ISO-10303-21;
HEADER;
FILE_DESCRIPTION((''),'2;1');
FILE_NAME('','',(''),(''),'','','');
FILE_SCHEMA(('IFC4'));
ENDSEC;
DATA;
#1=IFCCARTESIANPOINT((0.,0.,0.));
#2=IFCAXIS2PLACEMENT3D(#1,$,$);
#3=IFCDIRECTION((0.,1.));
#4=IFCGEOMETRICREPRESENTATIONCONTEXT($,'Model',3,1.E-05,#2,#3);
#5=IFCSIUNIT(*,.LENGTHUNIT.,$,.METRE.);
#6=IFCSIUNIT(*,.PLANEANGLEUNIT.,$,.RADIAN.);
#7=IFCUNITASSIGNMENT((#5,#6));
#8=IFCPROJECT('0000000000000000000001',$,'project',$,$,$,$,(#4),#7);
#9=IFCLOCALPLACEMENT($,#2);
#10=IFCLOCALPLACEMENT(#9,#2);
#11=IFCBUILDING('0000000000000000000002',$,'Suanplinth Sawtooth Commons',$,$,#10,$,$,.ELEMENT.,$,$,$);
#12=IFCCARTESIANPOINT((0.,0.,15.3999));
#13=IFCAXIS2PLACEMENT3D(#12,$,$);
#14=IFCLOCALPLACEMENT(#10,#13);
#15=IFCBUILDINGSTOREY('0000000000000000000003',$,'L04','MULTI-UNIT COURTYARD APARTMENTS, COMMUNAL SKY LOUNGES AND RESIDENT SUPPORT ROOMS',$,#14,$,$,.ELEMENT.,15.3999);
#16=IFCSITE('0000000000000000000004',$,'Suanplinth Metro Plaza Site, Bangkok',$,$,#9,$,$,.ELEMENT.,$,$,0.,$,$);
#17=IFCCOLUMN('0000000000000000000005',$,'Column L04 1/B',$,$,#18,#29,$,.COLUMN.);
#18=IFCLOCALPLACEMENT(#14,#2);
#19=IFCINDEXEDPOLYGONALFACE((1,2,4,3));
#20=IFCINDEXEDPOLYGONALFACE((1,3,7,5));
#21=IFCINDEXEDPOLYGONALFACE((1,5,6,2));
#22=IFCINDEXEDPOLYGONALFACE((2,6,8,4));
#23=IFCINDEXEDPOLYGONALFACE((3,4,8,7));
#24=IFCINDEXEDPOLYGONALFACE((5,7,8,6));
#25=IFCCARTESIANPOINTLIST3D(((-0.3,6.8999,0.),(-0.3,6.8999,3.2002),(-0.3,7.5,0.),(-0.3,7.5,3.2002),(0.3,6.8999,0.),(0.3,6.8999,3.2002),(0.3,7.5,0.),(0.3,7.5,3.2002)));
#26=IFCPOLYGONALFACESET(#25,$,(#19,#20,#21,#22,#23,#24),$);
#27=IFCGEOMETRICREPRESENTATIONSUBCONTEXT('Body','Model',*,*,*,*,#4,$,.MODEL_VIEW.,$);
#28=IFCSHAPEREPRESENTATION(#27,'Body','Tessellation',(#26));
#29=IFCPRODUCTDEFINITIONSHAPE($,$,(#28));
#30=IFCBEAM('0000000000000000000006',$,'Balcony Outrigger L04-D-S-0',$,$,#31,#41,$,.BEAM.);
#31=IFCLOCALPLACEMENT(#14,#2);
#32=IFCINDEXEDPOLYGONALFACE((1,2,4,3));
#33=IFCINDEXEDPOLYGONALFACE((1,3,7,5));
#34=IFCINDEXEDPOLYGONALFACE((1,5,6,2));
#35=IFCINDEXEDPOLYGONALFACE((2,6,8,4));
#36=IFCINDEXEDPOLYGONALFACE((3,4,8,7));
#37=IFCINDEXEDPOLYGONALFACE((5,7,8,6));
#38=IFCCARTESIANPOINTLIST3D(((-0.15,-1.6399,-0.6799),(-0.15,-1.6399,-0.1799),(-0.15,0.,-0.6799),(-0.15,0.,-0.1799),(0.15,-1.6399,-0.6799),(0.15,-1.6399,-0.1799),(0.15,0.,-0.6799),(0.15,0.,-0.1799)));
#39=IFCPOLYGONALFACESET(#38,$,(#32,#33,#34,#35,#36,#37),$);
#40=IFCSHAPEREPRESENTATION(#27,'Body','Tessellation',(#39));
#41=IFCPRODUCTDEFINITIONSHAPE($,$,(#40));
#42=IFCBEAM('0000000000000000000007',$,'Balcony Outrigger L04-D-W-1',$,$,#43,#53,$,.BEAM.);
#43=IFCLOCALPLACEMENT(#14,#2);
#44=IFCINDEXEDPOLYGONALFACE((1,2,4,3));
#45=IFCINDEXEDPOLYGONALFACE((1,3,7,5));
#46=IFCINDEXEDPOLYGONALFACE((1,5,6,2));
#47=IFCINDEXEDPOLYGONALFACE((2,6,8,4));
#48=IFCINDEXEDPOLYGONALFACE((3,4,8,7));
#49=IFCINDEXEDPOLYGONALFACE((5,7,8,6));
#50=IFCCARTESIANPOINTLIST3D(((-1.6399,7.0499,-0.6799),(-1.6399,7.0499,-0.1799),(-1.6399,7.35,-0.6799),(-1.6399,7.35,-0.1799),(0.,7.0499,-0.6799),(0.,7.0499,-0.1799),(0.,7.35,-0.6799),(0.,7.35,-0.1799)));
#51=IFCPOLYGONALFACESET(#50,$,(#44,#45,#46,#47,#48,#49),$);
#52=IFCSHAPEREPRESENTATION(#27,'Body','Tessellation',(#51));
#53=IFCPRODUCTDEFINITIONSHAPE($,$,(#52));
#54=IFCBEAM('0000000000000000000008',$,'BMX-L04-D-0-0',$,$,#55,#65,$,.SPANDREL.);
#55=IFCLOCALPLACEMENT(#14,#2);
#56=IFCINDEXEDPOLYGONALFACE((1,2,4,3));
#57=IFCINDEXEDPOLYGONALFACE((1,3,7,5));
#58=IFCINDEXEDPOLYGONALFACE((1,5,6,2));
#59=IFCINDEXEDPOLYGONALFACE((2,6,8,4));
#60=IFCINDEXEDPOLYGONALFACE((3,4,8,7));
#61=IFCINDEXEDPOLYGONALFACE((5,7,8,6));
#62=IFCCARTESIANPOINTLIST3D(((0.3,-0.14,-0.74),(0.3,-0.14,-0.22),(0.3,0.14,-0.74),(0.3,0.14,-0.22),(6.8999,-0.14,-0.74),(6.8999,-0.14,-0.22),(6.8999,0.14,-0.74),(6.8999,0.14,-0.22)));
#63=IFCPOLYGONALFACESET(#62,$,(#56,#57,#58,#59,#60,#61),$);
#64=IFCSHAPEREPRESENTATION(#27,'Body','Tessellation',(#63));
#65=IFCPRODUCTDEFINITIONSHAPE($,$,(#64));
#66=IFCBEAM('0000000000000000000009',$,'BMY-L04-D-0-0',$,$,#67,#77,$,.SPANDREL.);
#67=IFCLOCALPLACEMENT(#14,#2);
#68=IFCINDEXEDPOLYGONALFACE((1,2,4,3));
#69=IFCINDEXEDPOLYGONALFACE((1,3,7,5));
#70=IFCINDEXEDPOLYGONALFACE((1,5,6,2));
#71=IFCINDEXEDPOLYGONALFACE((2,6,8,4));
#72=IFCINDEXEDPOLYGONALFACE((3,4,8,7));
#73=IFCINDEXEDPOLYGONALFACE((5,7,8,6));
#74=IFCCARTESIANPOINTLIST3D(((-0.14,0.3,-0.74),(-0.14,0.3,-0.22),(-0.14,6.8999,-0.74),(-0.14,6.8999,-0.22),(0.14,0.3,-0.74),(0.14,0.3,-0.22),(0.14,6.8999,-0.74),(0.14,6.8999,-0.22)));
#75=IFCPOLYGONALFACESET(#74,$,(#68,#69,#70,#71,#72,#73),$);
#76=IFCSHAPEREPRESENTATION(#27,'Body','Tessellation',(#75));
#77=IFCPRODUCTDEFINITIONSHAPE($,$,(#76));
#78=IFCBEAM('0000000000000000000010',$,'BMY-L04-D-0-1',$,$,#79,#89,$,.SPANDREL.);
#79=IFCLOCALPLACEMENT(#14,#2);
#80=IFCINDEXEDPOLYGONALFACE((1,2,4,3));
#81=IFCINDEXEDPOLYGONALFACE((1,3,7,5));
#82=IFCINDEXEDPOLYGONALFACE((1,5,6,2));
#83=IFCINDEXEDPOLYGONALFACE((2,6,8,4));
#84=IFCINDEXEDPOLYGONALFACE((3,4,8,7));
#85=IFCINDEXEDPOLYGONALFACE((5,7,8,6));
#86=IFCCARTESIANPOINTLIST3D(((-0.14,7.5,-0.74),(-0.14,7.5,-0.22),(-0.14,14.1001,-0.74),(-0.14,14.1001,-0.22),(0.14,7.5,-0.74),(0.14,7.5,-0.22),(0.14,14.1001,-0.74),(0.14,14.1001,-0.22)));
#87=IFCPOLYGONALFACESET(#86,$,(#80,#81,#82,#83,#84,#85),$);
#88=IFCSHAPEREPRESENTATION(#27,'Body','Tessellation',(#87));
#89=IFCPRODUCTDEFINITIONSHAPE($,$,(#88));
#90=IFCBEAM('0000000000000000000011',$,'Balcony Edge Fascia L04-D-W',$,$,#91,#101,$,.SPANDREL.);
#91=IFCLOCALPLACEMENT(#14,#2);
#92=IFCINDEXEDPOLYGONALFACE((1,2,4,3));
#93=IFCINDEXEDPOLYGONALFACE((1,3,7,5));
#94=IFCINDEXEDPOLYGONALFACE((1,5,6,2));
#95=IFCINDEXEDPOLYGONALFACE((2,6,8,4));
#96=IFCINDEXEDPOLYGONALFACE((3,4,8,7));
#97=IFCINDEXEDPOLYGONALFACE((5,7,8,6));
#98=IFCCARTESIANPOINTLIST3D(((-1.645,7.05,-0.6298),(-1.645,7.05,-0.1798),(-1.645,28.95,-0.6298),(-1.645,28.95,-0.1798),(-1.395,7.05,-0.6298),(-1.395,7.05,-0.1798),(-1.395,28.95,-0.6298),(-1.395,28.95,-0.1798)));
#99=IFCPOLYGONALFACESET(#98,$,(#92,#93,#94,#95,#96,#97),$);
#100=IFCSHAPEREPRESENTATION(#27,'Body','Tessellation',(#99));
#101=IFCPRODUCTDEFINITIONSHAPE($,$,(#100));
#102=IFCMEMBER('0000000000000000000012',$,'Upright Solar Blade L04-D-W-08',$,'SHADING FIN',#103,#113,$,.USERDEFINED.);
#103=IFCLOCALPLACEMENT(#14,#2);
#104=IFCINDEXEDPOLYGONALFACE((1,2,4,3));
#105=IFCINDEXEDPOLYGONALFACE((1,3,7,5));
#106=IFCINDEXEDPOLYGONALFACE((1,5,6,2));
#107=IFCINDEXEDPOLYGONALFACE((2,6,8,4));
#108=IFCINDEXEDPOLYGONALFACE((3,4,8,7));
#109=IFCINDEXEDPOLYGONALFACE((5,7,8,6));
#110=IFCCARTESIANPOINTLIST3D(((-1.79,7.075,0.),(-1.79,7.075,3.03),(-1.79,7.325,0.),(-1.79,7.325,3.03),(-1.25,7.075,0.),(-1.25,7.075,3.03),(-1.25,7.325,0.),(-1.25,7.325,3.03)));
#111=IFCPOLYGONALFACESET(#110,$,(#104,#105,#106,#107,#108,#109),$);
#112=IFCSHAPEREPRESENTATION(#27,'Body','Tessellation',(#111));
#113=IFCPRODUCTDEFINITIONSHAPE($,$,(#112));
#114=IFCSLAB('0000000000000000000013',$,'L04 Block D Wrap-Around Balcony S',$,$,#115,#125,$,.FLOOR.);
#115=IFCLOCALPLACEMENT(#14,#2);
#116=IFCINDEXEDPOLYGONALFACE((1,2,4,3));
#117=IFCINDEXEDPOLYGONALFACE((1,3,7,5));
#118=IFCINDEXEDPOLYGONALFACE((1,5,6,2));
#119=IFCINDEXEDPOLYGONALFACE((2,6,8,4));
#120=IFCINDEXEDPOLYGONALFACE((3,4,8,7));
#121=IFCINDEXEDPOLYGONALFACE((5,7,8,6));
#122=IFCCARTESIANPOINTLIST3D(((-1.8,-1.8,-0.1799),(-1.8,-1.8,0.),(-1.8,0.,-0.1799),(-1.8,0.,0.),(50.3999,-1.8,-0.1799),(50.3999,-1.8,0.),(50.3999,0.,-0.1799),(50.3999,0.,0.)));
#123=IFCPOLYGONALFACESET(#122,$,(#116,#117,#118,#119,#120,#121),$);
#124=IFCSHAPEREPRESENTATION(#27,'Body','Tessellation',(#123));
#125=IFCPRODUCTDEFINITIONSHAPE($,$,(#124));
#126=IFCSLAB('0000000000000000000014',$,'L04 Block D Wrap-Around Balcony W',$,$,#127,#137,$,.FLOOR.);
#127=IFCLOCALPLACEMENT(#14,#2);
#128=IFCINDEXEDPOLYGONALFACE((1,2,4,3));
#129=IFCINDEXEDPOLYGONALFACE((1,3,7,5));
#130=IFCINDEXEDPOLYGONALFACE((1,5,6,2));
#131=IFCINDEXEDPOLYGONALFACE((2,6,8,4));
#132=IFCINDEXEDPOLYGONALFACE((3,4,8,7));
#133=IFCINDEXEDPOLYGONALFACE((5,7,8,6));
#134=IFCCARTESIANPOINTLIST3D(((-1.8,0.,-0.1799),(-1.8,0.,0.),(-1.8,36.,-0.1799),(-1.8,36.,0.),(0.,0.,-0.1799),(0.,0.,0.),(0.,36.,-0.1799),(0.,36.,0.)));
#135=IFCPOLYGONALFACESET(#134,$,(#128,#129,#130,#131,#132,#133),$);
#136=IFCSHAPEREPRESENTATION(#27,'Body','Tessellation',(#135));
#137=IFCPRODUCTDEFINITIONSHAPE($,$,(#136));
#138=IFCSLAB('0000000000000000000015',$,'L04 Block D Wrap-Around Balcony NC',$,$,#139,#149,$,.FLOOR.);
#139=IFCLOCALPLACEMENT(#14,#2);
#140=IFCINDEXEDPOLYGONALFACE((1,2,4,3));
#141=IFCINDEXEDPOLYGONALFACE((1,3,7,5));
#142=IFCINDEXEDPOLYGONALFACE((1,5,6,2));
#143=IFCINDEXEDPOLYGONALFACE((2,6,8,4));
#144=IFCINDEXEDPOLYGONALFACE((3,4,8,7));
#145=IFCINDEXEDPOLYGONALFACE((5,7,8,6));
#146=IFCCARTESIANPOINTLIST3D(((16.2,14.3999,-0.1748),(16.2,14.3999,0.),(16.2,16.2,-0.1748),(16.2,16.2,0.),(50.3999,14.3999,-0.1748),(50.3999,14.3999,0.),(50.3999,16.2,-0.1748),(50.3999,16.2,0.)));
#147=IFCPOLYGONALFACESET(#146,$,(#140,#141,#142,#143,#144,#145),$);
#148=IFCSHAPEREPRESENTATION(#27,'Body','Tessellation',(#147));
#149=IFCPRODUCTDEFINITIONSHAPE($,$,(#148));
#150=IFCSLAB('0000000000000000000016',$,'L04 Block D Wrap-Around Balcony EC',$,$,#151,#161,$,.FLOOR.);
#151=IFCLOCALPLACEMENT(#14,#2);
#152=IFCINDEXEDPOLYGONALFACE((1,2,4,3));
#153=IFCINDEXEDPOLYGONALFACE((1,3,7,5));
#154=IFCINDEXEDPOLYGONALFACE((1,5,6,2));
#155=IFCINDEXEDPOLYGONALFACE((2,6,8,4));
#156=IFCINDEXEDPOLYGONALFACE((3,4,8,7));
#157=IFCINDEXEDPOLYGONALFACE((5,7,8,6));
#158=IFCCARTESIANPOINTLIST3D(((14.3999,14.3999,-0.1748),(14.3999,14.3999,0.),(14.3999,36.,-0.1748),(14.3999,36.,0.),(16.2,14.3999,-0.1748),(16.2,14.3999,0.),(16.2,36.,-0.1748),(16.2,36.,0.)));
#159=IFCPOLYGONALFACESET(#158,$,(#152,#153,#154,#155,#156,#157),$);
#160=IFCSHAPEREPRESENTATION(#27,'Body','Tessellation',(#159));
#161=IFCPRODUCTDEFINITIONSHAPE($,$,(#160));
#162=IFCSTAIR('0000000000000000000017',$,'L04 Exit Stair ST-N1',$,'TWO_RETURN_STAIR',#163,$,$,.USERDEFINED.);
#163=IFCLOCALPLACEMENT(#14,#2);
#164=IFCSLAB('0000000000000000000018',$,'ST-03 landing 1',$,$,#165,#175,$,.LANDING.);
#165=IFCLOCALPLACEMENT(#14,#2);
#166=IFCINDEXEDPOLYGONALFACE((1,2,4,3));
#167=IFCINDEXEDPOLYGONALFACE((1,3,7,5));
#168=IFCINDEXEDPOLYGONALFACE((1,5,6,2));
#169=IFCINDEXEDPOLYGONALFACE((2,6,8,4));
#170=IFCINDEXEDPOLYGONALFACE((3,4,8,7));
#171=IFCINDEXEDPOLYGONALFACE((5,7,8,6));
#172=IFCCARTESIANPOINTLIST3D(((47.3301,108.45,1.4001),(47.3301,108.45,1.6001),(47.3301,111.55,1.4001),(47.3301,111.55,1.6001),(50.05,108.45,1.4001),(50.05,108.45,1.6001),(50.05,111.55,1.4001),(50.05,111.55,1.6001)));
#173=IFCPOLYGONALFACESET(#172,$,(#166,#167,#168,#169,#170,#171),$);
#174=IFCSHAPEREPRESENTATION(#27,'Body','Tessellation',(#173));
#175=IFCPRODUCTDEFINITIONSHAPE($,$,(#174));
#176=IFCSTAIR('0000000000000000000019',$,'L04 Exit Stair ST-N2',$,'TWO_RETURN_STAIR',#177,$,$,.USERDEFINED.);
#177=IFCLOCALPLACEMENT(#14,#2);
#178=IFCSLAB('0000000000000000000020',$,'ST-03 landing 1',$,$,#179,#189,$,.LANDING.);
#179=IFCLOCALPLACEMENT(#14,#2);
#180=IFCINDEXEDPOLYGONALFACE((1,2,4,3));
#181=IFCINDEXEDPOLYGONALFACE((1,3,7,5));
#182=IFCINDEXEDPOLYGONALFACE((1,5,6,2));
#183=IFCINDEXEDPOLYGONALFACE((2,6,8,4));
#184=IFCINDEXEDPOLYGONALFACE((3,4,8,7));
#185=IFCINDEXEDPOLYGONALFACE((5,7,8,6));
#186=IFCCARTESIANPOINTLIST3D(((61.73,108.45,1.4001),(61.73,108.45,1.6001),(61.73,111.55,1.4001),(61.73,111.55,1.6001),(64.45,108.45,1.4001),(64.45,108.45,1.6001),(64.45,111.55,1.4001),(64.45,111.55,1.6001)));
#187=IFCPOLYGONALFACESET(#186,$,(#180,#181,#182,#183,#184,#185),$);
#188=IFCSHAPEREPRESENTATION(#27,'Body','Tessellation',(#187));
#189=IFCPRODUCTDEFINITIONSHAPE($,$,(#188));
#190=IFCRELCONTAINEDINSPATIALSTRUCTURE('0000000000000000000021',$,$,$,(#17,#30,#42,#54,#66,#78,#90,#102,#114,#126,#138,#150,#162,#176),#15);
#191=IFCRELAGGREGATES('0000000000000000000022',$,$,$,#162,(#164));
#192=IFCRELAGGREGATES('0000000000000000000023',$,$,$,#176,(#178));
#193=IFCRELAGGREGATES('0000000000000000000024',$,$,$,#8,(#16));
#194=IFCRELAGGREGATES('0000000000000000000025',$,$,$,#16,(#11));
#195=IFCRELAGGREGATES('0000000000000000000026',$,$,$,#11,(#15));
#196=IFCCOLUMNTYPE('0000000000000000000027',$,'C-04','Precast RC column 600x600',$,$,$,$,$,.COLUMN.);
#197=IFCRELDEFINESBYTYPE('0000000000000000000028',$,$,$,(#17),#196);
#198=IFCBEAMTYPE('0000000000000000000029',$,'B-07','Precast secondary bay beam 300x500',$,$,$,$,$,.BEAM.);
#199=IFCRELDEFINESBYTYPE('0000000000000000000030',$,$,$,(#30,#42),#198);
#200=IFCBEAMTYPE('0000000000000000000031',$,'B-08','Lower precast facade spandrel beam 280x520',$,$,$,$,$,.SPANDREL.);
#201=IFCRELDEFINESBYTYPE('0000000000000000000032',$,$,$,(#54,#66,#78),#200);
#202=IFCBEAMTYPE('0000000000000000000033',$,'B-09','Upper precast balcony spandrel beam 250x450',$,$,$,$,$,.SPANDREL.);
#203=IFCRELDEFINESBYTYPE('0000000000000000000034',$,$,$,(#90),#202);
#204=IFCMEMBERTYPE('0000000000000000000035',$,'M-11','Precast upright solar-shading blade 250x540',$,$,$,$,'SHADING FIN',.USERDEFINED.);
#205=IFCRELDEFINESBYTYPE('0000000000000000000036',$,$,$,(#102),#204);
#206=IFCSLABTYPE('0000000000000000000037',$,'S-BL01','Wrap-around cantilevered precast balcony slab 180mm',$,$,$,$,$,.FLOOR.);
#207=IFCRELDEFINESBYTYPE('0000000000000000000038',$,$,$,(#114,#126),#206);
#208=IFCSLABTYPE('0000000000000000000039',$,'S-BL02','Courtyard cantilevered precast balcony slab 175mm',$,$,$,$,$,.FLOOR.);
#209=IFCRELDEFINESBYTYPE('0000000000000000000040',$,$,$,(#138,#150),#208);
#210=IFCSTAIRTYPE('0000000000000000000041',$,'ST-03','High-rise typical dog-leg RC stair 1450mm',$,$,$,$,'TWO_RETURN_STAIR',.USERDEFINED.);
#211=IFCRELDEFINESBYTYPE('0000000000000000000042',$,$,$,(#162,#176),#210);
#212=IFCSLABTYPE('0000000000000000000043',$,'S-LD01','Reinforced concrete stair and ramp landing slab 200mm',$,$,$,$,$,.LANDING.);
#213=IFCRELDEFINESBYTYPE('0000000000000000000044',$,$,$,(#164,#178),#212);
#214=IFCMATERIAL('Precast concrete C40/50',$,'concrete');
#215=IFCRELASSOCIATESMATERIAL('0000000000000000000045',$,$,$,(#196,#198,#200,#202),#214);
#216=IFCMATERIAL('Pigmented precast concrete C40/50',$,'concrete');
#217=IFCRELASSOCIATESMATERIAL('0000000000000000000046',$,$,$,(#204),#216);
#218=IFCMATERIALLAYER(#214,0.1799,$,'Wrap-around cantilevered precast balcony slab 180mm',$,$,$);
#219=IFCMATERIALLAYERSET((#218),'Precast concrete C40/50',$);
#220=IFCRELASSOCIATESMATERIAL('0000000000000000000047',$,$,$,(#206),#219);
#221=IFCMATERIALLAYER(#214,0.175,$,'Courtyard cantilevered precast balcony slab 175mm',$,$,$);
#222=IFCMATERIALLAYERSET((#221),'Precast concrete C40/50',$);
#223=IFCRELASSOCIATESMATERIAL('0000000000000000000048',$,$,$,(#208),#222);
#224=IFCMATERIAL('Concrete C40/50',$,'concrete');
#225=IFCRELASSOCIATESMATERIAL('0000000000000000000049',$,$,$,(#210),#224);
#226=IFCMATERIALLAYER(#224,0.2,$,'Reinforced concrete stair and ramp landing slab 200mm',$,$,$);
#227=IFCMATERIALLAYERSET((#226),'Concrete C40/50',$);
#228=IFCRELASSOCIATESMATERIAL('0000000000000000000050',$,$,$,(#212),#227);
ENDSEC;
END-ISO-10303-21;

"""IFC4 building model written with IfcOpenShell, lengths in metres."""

from ifc_helpers import new_model, si_unit, direction, frame, origin, origin_2d, place, context, subcontext, project, spatial, polyline, rectangle, outline, extrude, material, layer, layer_set, material_profile, profile_set, type_object, element, aggregate, save


model = new_model("IFC4")

# Units and contexts
model_context = context("Model", 3, precision=1e-05, world=origin(), true_north=direction((0.0, 1.0)))
body_context = subcontext(model_context, "Body", "Model", "MODEL_VIEW")
ifc_project = project(units=[si_unit("LENGTHUNIT", "METRE"), si_unit("PLANEANGLEUNIT", "RADIAN")], contexts=[model_context])

# Site, building, storey
site_placement = place(None, origin())
site = spatial("IfcSite", under=ifc_project, at=site_placement, Name="Suanplinth Metro Plaza Site, Bangkok", CompositionType="ELEMENT", RefElevation=0.0)
building_placement = place(site_placement, origin())
building = spatial("IfcBuilding", under=site, at=building_placement, Name="Suanplinth Sawtooth Commons", CompositionType="ELEMENT")
storey_placement = place(building_placement, frame((0.0, 0.0, 15.3999)))
storey = spatial("IfcBuildingStorey", under=building, at=storey_placement, Name="L04", Description="MULTI-UNIT COURTYARD APARTMENTS, COMMUNAL SKY LOUNGES AND RESIDENT SUPPORT ROOMS", CompositionType="ELEMENT", Elevation=15.3999)

# Column
ifc_material_1 = material(Name="Precast concrete C40/50", Category="concrete")
ifc_material_profile_1 = material_profile(ifc_material_1, rectangle(XDim=0.6001, YDim=0.6001, at=origin_2d()), Name="PC-COL 600x600")
ifc_profile_set_1 = profile_set([ifc_material_profile_1], Name="Precast concrete C40/50")
column_type = type_object("IfcColumnType", Name="C-04", Description="Precast RC column 600x600", PredefinedType="COLUMN", material=ifc_profile_set_1)
column_placement = place(storey_placement, frame((0.0, 7.2, 0.0), z_axis=(0.0, 0.0, 1.0), x_axis=(1.0, 0.0, 0.0)))
element("IfcColumn", 1, at=column_placement, inside=storey, type_object=column_type, Name="Column L04 1/B", PredefinedType="COLUMN", context=body_context, shape_type="SweptSolid", body=[
    extrude(rectangle(XDim=0.6001, YDim=0.6001, at=origin_2d()), origin(), (0.0, 0.0, 1.0), 3.2002),
])

# Beams
ifc_material_profile_2 = material_profile(ifc_material_1, rectangle(XDim=0.3, YDim=0.5, at=origin_2d()), Name="PC-BM 300x500")
ifc_profile_set_2 = profile_set([ifc_material_profile_2], Name="Precast concrete C40/50")
beam_type_1 = type_object("IfcBeamType", Name="B-07", Description="Precast secondary bay beam 300x500", PredefinedType="BEAM", material=ifc_profile_set_2)
for number, where, z_axis, x_axis, name in (
    (2, (0.0, 0.0, -0.4299), (0.0, -1.0, 0.0), (1.0, 0.0, 0.0), "Balcony Outrigger L04-D-S-0"),
    (3, (0.0, 7.2, -0.4299), (-1.0, 0.0, 0.0), (0.0, -1.0, 0.0), "Balcony Outrigger L04-D-W-1"),
):
    element("IfcBeam", number, at=place(storey_placement, frame(where, z_axis=z_axis, x_axis=x_axis)), inside=storey, type_object=beam_type_1, Name=name, PredefinedType="BEAM", context=body_context, shape_type="SweptSolid", body=[
        extrude(rectangle(XDim=0.3, YDim=0.5, at=origin_2d()), origin(), (0.0, 0.0, 1.0), 1.6399),
    ])
ifc_material_profile_3 = material_profile(ifc_material_1, rectangle(XDim=0.28, YDim=0.52, at=origin_2d()), Name="PC-SP 280x520")
ifc_profile_set_3 = profile_set([ifc_material_profile_3], Name="Precast concrete C40/50")
beam_type_2 = type_object("IfcBeamType", Name="B-08", Description="Lower precast facade spandrel beam 280x520", PredefinedType="SPANDREL", material=ifc_profile_set_3)
for number, where, z_axis, x_axis, name in (
    (4, (0.3, 0.0, -0.48), (1.0, 0.0, 0.0), (0.0, 1.0, 0.0), "BMX-L04-D-0-0"),
    (5, (0.0, 0.3, -0.48), (0.0, 1.0, 0.0), (-1.0, 0.0, 0.0), "BMY-L04-D-0-0"),
):
    element("IfcBeam", number, at=place(storey_placement, frame(where, z_axis=z_axis, x_axis=x_axis)), inside=storey, type_object=beam_type_2, Name=name, PredefinedType="SPANDREL", context=body_context, shape_type="SweptSolid", body=[
        extrude(rectangle(XDim=0.28, YDim=0.52, at=origin_2d()), origin(), (0.0, 0.0, 1.0), 6.5999),
    ])
beam_1_placement = place(storey_placement, frame((0.0, 7.5, -0.48), z_axis=(0.0, 1.0, 0.0), x_axis=(-1.0, 0.0, 0.0)))
element("IfcBeam", 6, at=beam_1_placement, inside=storey, type_object=beam_type_2, Name="BMY-L04-D-0-1", PredefinedType="SPANDREL", context=body_context, shape_type="SweptSolid", body=[
    extrude(rectangle(XDim=0.28, YDim=0.52, at=origin_2d()), origin(), (0.0, 0.0, 1.0), 6.6001),
])
ifc_material_profile_4 = material_profile(ifc_material_1, rectangle(XDim=0.25, YDim=0.45, at=origin_2d()), Name="PC-SP 250x450")
ifc_profile_set_4 = profile_set([ifc_material_profile_4], Name="Precast concrete C40/50")
beam_type_3 = type_object("IfcBeamType", Name="B-09", Description="Upper precast balcony spandrel beam 250x450", PredefinedType="SPANDREL", material=ifc_profile_set_4)
beam_2_placement = place(storey_placement, frame((-1.52, 7.05, -0.4048), z_axis=(0.0, 1.0, 0.0), x_axis=(-1.0, 0.0, 0.0)))
element("IfcBeam", 7, at=beam_2_placement, inside=storey, type_object=beam_type_3, Name="Balcony Edge Fascia L04-D-W", PredefinedType="SPANDREL", context=body_context, shape_type="SweptSolid", body=[
    extrude(rectangle(XDim=0.25, YDim=0.45, at=origin_2d()), origin(), (0.0, 0.0, 1.0), 21.8999),
])

# Member
ifc_material_2 = material(Name="Pigmented precast concrete C40/50", Category="concrete")
ifc_material_profile_5 = material_profile(ifc_material_2, rectangle(XDim=0.25, YDim=0.54, at=origin_2d()), Name="PC-FIN 250x540")
ifc_profile_set_5 = profile_set([ifc_material_profile_5], Name="Pigmented precast concrete C40/50")
member_type = type_object("IfcMemberType", Name="M-11", Description="Precast upright solar-shading blade 250x540", ElementType="SHADING FIN", PredefinedType="USERDEFINED", material=ifc_profile_set_5)
member_placement = place(storey_placement, frame((-1.52, 7.2, 0.0), z_axis=(0.0, 0.0, 1.0), x_axis=(0.0, 1.0, 0.0)))
element("IfcMember", 8, at=member_placement, inside=storey, type_object=member_type, Name="Upright Solar Blade L04-D-W-08", ObjectType="SHADING FIN", PredefinedType="USERDEFINED", context=body_context, shape_type="SweptSolid", body=[
    extrude(rectangle(XDim=0.25, YDim=0.54, at=origin_2d()), origin(), (0.0, 0.0, 1.0), 3.03),
])

# Slabs
ifc_layer_1 = layer(ifc_material_1, 0.1799, Name="Wrap-around cantilevered precast balcony slab 180mm")
ifc_layer_set_1 = layer_set([ifc_layer_1], Name="Precast concrete C40/50")
slab_type_1 = type_object("IfcSlabType", Name="S-BL01", Description="Wrap-around cantilevered precast balcony slab 180mm", PredefinedType="FLOOR", material=ifc_layer_set_1)
slab_1_placement = place(storey_placement, frame((0.0, 0.0, -0.1799)))
element("IfcSlab", 9, at=slab_1_placement, inside=storey, type_object=slab_type_1, Name="L04 Block D Wrap-Around Balcony S", PredefinedType="FLOOR", context=body_context, shape_type="SweptSolid", body=[
    extrude(outline(polyline([(50.3999, -1.8), (-1.8, -1.8), (-1.8, 0.0), (50.3999, 0.0), (50.3999, -1.8)])), origin(), (0.0, 0.0, 1.0), 0.1799),
])
slab_2_placement = place(storey_placement, frame((0.0, 0.0, -0.1799)))
element("IfcSlab", 10, at=slab_2_placement, inside=storey, type_object=slab_type_1, Name="L04 Block D Wrap-Around Balcony W", PredefinedType="FLOOR", context=body_context, shape_type="SweptSolid", body=[
    extrude(outline(polyline([(0.0, 0.0), (-1.8, 0.0), (-1.8, 36.0), (0.0, 36.0), (0.0, 0.0)])), origin(), (0.0, 0.0, 1.0), 0.1799),
])
ifc_layer_2 = layer(ifc_material_1, 0.175, Name="Courtyard cantilevered precast balcony slab 175mm")
ifc_layer_set_2 = layer_set([ifc_layer_2], Name="Precast concrete C40/50")
slab_type_2 = type_object("IfcSlabType", Name="S-BL02", Description="Courtyard cantilevered precast balcony slab 175mm", PredefinedType="FLOOR", material=ifc_layer_set_2)
slab_3_placement = place(storey_placement, frame((0.0, 0.0, -0.1748)))
element("IfcSlab", 11, at=slab_3_placement, inside=storey, type_object=slab_type_2, Name="L04 Block D Wrap-Around Balcony NC", PredefinedType="FLOOR", context=body_context, shape_type="SweptSolid", body=[
    extrude(outline(polyline([(16.2, 16.2), (50.3999, 16.2), (50.3999, 14.3999), (16.2, 14.3999), (16.2, 16.2)])), origin(), (0.0, 0.0, 1.0), 0.1748),
])
slab_4_placement = place(storey_placement, frame((0.0, 0.0, -0.1748)))
element("IfcSlab", 12, at=slab_4_placement, inside=storey, type_object=slab_type_2, Name="L04 Block D Wrap-Around Balcony EC", PredefinedType="FLOOR", context=body_context, shape_type="SweptSolid", body=[
    extrude(outline(polyline([(16.2, 36.0), (16.2, 14.3999), (14.3999, 14.3999), (14.3999, 36.0), (16.2, 36.0)])), origin(), (0.0, 0.0, 1.0), 0.1748),
])

# Stairs, slabs
ifc_material_3 = material(Name="Concrete C40/50", Category="concrete")
stair_type_1 = type_object("IfcStairType", Name="ST-03", Description="High-rise typical dog-leg RC stair 1450mm", ElementType="TWO_RETURN_STAIR", PredefinedType="USERDEFINED", material=ifc_material_3)
stair_1_placement = place(storey_placement, origin())
stair_1 = element("IfcStair", 13, at=stair_1_placement, inside=storey, type_object=stair_type_1, Name="L04 Exit Stair ST-N1", ObjectType="TWO_RETURN_STAIR", PredefinedType="USERDEFINED")
ifc_layer_3 = layer(ifc_material_3, 0.2, Name="Reinforced concrete stair and ramp landing slab 200mm")
ifc_layer_set_3 = layer_set([ifc_layer_3], Name="Concrete C40/50")
slab_type_3 = type_object("IfcSlabType", Name="S-LD01", Description="Reinforced concrete stair and ramp landing slab 200mm", PredefinedType="LANDING", material=ifc_layer_set_3)
slab_5_placement = place(storey_placement, frame((0.0, 0.0, 1.4001)))
slab_5 = element("IfcSlab", 14, at=slab_5_placement, type_object=slab_type_3, Name="ST-03 landing 1", PredefinedType="LANDING", context=body_context, shape_type="SweptSolid", body=[
    extrude(outline(polyline([(47.3301, 108.45), (50.05, 108.45), (50.05, 111.55), (47.3301, 111.55), (47.3301, 108.45)])), origin(), (0.0, 0.0, 1.0), 0.2),
])
aggregate(stair_1, [slab_5])
stair_2_placement = place(storey_placement, origin())
stair_2 = element("IfcStair", 15, at=stair_2_placement, inside=storey, type_object=stair_type_1, Name="L04 Exit Stair ST-N2", ObjectType="TWO_RETURN_STAIR", PredefinedType="USERDEFINED")
slab_6_placement = place(storey_placement, frame((0.0, 0.0, 1.4001)))
slab_6 = element("IfcSlab", 16, at=slab_6_placement, type_object=slab_type_3, Name="ST-03 landing 1", PredefinedType="LANDING", context=body_context, shape_type="SweptSolid", body=[
    extrude(outline(polyline([(61.73, 108.45), (64.45, 108.45), (64.45, 111.55), (61.73, 111.55), (61.73, 108.45)])), origin(), (0.0, 0.0, 1.0), 0.2),
])
aggregate(stair_2, [slab_6])

save(model, "model.ifc")
